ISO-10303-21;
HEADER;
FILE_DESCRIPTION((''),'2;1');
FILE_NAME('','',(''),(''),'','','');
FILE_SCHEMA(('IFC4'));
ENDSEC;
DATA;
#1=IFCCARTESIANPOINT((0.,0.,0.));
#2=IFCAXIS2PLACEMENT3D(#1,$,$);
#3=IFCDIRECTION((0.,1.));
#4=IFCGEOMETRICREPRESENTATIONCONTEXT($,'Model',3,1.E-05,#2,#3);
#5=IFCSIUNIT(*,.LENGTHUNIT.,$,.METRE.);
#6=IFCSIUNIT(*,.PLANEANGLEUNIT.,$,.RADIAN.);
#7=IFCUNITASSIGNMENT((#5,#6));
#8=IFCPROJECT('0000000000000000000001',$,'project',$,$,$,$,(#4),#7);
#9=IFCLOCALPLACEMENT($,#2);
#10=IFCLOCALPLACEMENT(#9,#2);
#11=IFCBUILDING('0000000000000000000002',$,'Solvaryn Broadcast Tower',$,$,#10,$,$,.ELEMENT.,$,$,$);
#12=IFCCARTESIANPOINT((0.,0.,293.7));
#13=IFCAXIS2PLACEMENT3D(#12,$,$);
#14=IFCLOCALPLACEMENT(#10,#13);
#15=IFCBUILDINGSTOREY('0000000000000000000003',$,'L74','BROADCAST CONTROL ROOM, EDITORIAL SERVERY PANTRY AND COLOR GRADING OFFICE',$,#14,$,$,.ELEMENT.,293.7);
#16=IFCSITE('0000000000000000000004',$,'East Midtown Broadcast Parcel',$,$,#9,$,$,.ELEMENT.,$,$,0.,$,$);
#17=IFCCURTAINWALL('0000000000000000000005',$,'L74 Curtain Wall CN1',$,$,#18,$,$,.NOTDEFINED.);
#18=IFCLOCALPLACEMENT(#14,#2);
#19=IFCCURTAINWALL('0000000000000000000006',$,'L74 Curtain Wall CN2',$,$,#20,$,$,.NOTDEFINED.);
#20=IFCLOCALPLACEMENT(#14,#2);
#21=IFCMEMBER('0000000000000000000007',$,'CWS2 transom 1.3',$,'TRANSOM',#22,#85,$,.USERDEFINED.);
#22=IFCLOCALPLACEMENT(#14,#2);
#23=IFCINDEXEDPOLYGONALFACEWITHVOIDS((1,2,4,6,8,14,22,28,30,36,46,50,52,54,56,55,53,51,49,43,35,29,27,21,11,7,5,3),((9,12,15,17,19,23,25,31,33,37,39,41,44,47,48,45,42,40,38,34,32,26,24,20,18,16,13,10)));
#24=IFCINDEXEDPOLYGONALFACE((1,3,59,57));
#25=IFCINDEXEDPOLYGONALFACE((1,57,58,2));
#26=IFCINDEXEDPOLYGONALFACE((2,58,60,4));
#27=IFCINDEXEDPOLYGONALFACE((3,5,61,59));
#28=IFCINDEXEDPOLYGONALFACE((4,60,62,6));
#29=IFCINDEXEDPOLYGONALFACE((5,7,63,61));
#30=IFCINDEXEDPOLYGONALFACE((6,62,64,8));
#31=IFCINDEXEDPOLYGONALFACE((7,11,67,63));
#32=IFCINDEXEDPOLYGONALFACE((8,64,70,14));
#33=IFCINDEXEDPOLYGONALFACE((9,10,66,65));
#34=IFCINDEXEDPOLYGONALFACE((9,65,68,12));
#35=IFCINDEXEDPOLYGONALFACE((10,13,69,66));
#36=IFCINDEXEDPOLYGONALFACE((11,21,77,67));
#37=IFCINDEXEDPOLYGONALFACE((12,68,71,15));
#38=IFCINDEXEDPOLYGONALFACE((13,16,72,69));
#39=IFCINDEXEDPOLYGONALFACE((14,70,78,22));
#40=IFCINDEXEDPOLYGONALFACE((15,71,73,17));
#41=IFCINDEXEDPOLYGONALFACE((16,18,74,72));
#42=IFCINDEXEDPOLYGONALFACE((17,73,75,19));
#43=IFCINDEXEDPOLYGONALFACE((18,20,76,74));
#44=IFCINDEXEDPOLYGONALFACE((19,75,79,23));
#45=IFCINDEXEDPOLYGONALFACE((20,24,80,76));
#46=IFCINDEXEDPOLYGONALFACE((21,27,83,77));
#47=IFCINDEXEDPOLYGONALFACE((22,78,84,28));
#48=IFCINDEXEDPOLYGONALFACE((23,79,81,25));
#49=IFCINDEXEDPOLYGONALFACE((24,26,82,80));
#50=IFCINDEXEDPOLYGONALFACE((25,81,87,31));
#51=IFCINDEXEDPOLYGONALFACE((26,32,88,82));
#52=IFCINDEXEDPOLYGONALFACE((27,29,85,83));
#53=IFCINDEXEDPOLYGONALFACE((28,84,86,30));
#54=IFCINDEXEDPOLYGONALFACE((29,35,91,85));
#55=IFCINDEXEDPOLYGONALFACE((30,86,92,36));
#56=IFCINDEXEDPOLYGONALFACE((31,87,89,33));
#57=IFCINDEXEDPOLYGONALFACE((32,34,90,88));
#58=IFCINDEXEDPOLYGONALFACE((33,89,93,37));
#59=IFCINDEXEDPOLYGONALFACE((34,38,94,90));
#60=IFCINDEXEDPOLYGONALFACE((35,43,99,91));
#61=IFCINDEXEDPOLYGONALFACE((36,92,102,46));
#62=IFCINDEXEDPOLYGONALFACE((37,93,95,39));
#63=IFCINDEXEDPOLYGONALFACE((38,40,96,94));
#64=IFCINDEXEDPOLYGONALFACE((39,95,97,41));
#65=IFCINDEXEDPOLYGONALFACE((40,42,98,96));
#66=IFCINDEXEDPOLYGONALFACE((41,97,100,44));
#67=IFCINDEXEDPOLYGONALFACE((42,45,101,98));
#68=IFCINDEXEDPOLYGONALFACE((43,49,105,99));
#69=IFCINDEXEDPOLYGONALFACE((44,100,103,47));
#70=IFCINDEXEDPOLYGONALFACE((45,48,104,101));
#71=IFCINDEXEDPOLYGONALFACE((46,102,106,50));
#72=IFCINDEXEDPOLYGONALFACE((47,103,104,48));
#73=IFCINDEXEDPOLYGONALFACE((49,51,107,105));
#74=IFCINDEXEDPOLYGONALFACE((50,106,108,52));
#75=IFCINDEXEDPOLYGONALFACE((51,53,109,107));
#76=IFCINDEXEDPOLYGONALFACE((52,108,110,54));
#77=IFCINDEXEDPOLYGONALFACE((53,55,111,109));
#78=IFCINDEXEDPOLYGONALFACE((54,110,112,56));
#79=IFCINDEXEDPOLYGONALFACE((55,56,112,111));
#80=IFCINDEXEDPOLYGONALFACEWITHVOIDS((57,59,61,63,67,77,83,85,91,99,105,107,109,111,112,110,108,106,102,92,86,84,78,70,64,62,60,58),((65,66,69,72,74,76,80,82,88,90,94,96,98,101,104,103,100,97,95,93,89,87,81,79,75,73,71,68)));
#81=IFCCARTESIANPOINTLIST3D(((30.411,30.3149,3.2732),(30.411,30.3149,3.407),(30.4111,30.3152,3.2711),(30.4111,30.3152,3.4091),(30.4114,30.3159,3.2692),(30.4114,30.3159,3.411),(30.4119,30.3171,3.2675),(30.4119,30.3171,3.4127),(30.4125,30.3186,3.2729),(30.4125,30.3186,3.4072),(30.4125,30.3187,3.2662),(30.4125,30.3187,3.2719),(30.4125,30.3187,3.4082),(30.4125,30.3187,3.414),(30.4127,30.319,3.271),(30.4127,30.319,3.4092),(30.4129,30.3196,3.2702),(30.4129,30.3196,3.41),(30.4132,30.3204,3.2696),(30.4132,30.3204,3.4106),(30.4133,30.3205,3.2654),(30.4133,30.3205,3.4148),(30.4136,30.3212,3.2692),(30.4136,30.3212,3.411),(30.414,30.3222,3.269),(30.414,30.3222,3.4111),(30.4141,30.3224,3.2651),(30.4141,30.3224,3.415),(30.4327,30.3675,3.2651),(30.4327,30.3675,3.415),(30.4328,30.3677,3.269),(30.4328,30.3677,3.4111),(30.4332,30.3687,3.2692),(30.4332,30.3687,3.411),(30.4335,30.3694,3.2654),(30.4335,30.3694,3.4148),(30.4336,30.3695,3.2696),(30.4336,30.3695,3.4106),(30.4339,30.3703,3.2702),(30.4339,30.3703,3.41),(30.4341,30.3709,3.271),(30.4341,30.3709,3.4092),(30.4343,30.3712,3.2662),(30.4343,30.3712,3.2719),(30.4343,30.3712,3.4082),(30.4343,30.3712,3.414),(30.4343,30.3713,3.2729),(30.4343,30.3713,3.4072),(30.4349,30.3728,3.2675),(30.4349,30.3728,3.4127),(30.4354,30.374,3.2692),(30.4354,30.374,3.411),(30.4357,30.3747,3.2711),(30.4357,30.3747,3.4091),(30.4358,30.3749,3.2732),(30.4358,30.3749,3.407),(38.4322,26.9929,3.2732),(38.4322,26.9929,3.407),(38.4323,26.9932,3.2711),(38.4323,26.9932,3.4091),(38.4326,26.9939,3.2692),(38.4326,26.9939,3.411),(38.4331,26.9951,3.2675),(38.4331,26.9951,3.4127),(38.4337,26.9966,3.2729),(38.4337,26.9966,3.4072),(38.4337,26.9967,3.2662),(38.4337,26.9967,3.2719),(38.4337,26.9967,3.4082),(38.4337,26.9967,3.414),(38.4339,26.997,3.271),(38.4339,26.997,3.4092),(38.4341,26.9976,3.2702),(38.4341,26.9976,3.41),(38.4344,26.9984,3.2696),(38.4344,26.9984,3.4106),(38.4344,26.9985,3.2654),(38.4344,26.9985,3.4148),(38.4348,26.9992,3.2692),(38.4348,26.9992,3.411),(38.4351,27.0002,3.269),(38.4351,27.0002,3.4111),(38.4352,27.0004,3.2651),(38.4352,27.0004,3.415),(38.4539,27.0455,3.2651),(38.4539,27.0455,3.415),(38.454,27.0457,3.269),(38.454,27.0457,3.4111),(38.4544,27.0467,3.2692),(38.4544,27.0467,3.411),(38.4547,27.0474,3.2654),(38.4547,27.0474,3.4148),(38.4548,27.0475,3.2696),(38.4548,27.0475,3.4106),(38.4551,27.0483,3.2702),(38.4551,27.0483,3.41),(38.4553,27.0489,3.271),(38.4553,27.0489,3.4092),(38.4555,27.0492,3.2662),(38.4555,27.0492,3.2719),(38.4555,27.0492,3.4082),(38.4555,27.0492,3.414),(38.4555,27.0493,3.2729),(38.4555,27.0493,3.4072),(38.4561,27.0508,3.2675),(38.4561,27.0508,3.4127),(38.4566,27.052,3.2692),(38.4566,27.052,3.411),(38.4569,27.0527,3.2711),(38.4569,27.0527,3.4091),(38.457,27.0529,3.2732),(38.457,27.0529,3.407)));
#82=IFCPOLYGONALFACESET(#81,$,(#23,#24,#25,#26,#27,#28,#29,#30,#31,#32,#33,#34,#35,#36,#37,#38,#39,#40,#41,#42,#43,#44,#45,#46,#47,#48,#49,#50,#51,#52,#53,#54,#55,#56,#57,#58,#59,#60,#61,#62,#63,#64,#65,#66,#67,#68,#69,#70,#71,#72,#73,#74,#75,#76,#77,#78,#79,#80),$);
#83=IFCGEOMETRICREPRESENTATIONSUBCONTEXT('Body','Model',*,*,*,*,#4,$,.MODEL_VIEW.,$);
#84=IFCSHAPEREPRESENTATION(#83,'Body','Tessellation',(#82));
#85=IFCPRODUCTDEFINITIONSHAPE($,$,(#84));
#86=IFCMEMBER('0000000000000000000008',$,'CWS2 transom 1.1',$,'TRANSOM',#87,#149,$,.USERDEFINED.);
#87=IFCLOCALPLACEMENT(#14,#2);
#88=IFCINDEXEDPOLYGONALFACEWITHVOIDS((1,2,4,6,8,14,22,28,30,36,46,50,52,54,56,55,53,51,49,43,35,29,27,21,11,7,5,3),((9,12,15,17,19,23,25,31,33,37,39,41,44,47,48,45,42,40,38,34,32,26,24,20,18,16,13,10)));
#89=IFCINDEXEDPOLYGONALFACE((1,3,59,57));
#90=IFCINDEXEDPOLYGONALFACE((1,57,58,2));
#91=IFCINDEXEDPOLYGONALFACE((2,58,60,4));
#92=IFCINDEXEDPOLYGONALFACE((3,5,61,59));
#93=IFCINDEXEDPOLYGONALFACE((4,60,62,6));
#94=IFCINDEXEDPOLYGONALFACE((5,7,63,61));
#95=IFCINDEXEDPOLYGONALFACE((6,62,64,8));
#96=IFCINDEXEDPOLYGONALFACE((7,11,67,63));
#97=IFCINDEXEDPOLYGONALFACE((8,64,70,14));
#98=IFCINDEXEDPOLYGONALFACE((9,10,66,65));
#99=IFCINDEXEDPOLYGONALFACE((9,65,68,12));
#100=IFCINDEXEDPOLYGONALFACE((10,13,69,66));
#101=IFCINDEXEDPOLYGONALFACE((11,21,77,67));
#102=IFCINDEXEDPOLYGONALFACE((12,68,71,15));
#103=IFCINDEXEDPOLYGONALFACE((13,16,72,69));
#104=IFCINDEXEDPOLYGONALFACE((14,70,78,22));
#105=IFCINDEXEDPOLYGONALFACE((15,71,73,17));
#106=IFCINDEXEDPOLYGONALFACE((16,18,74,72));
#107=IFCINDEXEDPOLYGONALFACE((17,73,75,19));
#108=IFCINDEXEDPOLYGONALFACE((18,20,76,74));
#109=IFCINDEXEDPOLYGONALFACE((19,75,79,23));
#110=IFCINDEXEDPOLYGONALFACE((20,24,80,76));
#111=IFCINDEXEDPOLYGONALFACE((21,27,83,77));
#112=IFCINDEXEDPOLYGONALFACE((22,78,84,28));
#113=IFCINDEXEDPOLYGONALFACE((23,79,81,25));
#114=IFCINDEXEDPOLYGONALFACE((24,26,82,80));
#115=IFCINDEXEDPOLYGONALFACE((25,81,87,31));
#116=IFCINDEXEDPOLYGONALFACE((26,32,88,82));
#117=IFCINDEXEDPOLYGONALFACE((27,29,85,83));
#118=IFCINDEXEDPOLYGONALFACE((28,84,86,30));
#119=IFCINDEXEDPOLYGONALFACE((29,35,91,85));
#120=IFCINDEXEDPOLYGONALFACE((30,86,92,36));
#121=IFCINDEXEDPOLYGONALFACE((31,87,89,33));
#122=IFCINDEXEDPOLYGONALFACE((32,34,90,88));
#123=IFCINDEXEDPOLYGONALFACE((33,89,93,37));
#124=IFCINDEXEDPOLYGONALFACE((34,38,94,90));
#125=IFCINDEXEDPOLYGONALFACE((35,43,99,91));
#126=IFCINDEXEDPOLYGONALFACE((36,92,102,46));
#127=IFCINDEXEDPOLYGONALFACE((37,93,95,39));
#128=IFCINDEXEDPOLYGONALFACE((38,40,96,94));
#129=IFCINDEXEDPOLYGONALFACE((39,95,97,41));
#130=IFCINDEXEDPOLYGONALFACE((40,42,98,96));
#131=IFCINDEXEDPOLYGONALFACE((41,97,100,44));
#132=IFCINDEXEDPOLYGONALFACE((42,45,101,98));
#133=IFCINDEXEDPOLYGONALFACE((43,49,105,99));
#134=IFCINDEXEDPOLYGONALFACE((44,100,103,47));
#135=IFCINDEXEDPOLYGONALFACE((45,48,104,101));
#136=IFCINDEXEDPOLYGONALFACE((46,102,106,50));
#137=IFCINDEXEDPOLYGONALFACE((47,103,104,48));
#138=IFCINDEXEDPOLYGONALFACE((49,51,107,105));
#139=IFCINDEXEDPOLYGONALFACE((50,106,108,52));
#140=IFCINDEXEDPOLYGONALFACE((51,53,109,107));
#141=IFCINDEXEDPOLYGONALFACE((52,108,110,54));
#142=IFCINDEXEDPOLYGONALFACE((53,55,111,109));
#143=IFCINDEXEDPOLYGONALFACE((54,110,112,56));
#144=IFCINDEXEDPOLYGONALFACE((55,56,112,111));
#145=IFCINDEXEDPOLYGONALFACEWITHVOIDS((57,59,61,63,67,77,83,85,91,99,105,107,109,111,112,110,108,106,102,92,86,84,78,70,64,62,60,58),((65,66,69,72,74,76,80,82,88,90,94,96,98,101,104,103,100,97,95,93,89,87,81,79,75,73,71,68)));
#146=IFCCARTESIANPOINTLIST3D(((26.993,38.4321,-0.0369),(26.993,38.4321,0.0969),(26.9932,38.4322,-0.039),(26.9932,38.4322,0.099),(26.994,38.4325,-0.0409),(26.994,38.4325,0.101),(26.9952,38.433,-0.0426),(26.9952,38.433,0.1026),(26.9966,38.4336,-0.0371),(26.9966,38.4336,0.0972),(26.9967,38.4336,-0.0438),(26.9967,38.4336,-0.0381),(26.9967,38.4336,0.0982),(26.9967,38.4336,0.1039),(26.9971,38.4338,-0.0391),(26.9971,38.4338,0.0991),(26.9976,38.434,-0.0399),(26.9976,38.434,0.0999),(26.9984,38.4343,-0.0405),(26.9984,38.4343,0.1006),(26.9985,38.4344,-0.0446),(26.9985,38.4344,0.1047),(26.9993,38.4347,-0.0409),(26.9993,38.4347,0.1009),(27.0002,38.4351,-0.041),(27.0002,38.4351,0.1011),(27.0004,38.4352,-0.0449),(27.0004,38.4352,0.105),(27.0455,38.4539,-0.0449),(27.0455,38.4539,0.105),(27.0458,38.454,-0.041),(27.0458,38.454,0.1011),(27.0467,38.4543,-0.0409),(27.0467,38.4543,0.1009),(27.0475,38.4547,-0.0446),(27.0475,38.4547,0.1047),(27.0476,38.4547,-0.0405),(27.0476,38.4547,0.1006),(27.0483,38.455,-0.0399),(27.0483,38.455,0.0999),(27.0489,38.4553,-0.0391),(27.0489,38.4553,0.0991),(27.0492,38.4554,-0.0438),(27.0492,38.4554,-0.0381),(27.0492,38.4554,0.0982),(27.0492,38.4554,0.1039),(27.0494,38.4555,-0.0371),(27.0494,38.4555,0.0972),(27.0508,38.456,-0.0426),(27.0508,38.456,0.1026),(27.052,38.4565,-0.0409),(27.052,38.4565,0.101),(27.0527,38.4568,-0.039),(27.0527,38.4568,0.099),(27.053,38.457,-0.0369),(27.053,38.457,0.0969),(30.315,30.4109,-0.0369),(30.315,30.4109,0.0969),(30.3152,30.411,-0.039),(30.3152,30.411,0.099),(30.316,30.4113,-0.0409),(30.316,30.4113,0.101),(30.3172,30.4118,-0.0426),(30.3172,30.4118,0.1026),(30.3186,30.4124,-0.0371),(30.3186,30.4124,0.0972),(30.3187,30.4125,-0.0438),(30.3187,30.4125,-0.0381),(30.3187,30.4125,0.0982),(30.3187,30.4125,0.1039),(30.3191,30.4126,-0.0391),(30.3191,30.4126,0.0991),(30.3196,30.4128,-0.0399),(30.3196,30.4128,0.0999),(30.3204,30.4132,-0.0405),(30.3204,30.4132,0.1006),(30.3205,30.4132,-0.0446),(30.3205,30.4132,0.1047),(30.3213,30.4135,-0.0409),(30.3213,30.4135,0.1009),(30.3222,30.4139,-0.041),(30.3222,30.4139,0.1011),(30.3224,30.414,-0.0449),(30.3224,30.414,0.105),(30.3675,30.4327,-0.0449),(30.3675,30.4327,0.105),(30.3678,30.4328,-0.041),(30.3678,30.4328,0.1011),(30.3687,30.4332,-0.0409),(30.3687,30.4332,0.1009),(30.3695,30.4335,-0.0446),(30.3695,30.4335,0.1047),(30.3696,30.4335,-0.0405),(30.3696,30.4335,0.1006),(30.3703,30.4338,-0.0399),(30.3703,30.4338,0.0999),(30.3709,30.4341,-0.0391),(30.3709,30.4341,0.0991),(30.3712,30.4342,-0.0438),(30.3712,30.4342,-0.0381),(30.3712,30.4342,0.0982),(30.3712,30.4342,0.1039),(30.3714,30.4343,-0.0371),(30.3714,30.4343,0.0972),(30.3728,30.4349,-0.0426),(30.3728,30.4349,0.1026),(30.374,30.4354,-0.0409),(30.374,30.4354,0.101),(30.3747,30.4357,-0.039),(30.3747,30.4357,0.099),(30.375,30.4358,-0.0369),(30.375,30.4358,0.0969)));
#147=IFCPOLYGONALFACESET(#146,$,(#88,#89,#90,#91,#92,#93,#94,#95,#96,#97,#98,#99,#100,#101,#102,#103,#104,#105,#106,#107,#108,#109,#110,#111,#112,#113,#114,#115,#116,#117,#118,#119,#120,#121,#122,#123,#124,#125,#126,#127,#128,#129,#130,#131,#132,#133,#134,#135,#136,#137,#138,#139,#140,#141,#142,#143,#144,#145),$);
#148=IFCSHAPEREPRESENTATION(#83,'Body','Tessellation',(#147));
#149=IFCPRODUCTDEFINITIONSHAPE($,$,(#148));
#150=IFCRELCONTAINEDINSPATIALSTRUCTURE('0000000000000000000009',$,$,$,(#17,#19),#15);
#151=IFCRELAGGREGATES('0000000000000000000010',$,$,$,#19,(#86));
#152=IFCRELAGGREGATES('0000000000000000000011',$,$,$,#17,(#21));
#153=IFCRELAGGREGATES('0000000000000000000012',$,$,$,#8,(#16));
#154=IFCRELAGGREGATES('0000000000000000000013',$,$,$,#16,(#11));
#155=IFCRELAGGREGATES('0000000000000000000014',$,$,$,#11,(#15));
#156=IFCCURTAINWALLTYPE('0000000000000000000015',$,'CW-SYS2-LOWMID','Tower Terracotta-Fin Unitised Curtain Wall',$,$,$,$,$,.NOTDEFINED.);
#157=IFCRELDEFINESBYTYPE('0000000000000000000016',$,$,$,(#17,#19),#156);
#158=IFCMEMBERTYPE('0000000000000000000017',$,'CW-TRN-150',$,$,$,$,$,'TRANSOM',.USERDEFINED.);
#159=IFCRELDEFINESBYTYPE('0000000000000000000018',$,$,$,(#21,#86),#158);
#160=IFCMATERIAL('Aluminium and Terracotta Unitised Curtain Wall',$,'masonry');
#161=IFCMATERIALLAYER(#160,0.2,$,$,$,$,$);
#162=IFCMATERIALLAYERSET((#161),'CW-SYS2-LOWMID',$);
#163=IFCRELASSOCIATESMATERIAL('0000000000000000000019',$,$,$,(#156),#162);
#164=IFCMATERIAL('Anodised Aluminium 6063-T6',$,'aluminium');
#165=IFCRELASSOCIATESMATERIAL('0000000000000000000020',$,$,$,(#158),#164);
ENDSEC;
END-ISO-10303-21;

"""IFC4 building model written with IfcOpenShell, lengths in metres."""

from ifc_helpers import new_model, si_unit, direction, frame, origin, origin_2d, place, context, subcontext, project, spatial, hollow_rectangle, extrude, material, layer, layer_set, material_profile, profile_set, type_object, element, aggregate, save


model = new_model("IFC4")

# Units and contexts
model_context = context("Model", 3, precision=1e-05, world=origin(), true_north=direction((0.0, 1.0)))
body_context = subcontext(model_context, "Body", "Model", "MODEL_VIEW")
ifc_project = project(units=[si_unit("LENGTHUNIT", "METRE"), si_unit("PLANEANGLEUNIT", "RADIAN")], contexts=[model_context])

# Site, building, storey
site_placement = place(None, origin())
site = spatial("IfcSite", under=ifc_project, at=site_placement, Name="East Midtown Broadcast Parcel", CompositionType="ELEMENT", RefElevation=0.0)
building_placement = place(site_placement, origin())
building = spatial("IfcBuilding", under=site, at=building_placement, Name="Solvaryn Broadcast Tower", CompositionType="ELEMENT")
storey_placement = place(building_placement, frame((0.0, 0.0, 293.7)))
storey = spatial("IfcBuildingStorey", under=building, at=storey_placement, Name="L74", Description="BROADCAST CONTROL ROOM, EDITORIAL SERVERY PANTRY AND COLOR GRADING OFFICE", CompositionType="ELEMENT", Elevation=293.7)

# Curtain wall
ifc_material_1 = material(Name="Aluminium and Terracotta Unitised Curtain Wall", Category="masonry")
ifc_layer_1 = layer(ifc_material_1, 0.2)
ifc_layer_set_1 = layer_set([ifc_layer_1], Name="CW-SYS2-LOWMID")
curtain_wall_type = type_object("IfcCurtainWallType", Name="CW-SYS2-LOWMID", Description="Tower Terracotta-Fin Unitised Curtain Wall", PredefinedType="NOTDEFINED", material=ifc_layer_set_1)
curtain_wall_1_placement = place(storey_placement, origin())
curtain_wall_1 = element("IfcCurtainWall", 1, at=curtain_wall_1_placement, inside=storey, type_object=curtain_wall_type, Name="L74 Curtain Wall CN1", PredefinedType="NOTDEFINED")

# Curtain wall
curtain_wall_2_placement = place(storey_placement, origin())
curtain_wall_2 = element("IfcCurtainWall", 2, at=curtain_wall_2_placement, inside=storey, type_object=curtain_wall_type, Name="L74 Curtain Wall CN2", PredefinedType="NOTDEFINED")

# Members
ifc_material_2 = material(Name="Anodised Aluminium 6063-T6", Category="aluminium")
ifc_material_profile_1 = material_profile(ifc_material_2, hollow_rectangle(XDim=0.0649, YDim=0.1499, WallThickness=0.0039, InnerFilletRadius=0.0039, OuterFilletRadius=0.0081, at=origin_2d()))
ifc_profile_set_1 = profile_set([ifc_material_profile_1], Name="Anodised Aluminium 6063-T6")
member_type_1 = type_object("IfcMemberType", Name="CW-TRN-150", ElementType="TRANSOM", PredefinedType="USERDEFINED", material=ifc_profile_set_1)
member_1_placement = place(storey_placement, frame((38.4446, 27.0229, 3.3401), z_axis=(-0.923899, 0.382636, 0.0), x_axis=(-0.382636, -0.923899, 0.0)))
member_1 = element("IfcMember", 3, at=member_1_placement, type_object=member_type_1, Name="CWS2 transom 1.3", ObjectType="TRANSOM", PredefinedType="USERDEFINED", context=body_context, shape_type="SweptSolid", body=[
    extrude(hollow_rectangle(XDim=0.0649, YDim=0.1499, WallThickness=0.0039, InnerFilletRadius=0.0039, OuterFilletRadius=0.0081, at=origin_2d()), origin(), (0.0, 0.0, 1.0), 8.6819),
])
member_2_placement = place(storey_placement, frame((30.345, 30.4233, 0.03), z_axis=(-0.382636, 0.923899, 0.0), x_axis=(-0.923899, -0.382636, 0.0)))
member_2 = element("IfcMember", 4, at=member_2_placement, type_object=member_type_1, Name="CWS2 transom 1.1", ObjectType="TRANSOM", PredefinedType="USERDEFINED", context=body_context, shape_type="SweptSolid", body=[
    extrude(hollow_rectangle(XDim=0.0649, YDim=0.1499, WallThickness=0.0039, InnerFilletRadius=0.0039, OuterFilletRadius=0.0081, at=origin_2d()), origin(), (0.0, 0.0, 1.0), 8.6819),
])
aggregate(curtain_wall_2, [member_2])

aggregate(curtain_wall_1, [member_1])

save(model, "model.ifc")
